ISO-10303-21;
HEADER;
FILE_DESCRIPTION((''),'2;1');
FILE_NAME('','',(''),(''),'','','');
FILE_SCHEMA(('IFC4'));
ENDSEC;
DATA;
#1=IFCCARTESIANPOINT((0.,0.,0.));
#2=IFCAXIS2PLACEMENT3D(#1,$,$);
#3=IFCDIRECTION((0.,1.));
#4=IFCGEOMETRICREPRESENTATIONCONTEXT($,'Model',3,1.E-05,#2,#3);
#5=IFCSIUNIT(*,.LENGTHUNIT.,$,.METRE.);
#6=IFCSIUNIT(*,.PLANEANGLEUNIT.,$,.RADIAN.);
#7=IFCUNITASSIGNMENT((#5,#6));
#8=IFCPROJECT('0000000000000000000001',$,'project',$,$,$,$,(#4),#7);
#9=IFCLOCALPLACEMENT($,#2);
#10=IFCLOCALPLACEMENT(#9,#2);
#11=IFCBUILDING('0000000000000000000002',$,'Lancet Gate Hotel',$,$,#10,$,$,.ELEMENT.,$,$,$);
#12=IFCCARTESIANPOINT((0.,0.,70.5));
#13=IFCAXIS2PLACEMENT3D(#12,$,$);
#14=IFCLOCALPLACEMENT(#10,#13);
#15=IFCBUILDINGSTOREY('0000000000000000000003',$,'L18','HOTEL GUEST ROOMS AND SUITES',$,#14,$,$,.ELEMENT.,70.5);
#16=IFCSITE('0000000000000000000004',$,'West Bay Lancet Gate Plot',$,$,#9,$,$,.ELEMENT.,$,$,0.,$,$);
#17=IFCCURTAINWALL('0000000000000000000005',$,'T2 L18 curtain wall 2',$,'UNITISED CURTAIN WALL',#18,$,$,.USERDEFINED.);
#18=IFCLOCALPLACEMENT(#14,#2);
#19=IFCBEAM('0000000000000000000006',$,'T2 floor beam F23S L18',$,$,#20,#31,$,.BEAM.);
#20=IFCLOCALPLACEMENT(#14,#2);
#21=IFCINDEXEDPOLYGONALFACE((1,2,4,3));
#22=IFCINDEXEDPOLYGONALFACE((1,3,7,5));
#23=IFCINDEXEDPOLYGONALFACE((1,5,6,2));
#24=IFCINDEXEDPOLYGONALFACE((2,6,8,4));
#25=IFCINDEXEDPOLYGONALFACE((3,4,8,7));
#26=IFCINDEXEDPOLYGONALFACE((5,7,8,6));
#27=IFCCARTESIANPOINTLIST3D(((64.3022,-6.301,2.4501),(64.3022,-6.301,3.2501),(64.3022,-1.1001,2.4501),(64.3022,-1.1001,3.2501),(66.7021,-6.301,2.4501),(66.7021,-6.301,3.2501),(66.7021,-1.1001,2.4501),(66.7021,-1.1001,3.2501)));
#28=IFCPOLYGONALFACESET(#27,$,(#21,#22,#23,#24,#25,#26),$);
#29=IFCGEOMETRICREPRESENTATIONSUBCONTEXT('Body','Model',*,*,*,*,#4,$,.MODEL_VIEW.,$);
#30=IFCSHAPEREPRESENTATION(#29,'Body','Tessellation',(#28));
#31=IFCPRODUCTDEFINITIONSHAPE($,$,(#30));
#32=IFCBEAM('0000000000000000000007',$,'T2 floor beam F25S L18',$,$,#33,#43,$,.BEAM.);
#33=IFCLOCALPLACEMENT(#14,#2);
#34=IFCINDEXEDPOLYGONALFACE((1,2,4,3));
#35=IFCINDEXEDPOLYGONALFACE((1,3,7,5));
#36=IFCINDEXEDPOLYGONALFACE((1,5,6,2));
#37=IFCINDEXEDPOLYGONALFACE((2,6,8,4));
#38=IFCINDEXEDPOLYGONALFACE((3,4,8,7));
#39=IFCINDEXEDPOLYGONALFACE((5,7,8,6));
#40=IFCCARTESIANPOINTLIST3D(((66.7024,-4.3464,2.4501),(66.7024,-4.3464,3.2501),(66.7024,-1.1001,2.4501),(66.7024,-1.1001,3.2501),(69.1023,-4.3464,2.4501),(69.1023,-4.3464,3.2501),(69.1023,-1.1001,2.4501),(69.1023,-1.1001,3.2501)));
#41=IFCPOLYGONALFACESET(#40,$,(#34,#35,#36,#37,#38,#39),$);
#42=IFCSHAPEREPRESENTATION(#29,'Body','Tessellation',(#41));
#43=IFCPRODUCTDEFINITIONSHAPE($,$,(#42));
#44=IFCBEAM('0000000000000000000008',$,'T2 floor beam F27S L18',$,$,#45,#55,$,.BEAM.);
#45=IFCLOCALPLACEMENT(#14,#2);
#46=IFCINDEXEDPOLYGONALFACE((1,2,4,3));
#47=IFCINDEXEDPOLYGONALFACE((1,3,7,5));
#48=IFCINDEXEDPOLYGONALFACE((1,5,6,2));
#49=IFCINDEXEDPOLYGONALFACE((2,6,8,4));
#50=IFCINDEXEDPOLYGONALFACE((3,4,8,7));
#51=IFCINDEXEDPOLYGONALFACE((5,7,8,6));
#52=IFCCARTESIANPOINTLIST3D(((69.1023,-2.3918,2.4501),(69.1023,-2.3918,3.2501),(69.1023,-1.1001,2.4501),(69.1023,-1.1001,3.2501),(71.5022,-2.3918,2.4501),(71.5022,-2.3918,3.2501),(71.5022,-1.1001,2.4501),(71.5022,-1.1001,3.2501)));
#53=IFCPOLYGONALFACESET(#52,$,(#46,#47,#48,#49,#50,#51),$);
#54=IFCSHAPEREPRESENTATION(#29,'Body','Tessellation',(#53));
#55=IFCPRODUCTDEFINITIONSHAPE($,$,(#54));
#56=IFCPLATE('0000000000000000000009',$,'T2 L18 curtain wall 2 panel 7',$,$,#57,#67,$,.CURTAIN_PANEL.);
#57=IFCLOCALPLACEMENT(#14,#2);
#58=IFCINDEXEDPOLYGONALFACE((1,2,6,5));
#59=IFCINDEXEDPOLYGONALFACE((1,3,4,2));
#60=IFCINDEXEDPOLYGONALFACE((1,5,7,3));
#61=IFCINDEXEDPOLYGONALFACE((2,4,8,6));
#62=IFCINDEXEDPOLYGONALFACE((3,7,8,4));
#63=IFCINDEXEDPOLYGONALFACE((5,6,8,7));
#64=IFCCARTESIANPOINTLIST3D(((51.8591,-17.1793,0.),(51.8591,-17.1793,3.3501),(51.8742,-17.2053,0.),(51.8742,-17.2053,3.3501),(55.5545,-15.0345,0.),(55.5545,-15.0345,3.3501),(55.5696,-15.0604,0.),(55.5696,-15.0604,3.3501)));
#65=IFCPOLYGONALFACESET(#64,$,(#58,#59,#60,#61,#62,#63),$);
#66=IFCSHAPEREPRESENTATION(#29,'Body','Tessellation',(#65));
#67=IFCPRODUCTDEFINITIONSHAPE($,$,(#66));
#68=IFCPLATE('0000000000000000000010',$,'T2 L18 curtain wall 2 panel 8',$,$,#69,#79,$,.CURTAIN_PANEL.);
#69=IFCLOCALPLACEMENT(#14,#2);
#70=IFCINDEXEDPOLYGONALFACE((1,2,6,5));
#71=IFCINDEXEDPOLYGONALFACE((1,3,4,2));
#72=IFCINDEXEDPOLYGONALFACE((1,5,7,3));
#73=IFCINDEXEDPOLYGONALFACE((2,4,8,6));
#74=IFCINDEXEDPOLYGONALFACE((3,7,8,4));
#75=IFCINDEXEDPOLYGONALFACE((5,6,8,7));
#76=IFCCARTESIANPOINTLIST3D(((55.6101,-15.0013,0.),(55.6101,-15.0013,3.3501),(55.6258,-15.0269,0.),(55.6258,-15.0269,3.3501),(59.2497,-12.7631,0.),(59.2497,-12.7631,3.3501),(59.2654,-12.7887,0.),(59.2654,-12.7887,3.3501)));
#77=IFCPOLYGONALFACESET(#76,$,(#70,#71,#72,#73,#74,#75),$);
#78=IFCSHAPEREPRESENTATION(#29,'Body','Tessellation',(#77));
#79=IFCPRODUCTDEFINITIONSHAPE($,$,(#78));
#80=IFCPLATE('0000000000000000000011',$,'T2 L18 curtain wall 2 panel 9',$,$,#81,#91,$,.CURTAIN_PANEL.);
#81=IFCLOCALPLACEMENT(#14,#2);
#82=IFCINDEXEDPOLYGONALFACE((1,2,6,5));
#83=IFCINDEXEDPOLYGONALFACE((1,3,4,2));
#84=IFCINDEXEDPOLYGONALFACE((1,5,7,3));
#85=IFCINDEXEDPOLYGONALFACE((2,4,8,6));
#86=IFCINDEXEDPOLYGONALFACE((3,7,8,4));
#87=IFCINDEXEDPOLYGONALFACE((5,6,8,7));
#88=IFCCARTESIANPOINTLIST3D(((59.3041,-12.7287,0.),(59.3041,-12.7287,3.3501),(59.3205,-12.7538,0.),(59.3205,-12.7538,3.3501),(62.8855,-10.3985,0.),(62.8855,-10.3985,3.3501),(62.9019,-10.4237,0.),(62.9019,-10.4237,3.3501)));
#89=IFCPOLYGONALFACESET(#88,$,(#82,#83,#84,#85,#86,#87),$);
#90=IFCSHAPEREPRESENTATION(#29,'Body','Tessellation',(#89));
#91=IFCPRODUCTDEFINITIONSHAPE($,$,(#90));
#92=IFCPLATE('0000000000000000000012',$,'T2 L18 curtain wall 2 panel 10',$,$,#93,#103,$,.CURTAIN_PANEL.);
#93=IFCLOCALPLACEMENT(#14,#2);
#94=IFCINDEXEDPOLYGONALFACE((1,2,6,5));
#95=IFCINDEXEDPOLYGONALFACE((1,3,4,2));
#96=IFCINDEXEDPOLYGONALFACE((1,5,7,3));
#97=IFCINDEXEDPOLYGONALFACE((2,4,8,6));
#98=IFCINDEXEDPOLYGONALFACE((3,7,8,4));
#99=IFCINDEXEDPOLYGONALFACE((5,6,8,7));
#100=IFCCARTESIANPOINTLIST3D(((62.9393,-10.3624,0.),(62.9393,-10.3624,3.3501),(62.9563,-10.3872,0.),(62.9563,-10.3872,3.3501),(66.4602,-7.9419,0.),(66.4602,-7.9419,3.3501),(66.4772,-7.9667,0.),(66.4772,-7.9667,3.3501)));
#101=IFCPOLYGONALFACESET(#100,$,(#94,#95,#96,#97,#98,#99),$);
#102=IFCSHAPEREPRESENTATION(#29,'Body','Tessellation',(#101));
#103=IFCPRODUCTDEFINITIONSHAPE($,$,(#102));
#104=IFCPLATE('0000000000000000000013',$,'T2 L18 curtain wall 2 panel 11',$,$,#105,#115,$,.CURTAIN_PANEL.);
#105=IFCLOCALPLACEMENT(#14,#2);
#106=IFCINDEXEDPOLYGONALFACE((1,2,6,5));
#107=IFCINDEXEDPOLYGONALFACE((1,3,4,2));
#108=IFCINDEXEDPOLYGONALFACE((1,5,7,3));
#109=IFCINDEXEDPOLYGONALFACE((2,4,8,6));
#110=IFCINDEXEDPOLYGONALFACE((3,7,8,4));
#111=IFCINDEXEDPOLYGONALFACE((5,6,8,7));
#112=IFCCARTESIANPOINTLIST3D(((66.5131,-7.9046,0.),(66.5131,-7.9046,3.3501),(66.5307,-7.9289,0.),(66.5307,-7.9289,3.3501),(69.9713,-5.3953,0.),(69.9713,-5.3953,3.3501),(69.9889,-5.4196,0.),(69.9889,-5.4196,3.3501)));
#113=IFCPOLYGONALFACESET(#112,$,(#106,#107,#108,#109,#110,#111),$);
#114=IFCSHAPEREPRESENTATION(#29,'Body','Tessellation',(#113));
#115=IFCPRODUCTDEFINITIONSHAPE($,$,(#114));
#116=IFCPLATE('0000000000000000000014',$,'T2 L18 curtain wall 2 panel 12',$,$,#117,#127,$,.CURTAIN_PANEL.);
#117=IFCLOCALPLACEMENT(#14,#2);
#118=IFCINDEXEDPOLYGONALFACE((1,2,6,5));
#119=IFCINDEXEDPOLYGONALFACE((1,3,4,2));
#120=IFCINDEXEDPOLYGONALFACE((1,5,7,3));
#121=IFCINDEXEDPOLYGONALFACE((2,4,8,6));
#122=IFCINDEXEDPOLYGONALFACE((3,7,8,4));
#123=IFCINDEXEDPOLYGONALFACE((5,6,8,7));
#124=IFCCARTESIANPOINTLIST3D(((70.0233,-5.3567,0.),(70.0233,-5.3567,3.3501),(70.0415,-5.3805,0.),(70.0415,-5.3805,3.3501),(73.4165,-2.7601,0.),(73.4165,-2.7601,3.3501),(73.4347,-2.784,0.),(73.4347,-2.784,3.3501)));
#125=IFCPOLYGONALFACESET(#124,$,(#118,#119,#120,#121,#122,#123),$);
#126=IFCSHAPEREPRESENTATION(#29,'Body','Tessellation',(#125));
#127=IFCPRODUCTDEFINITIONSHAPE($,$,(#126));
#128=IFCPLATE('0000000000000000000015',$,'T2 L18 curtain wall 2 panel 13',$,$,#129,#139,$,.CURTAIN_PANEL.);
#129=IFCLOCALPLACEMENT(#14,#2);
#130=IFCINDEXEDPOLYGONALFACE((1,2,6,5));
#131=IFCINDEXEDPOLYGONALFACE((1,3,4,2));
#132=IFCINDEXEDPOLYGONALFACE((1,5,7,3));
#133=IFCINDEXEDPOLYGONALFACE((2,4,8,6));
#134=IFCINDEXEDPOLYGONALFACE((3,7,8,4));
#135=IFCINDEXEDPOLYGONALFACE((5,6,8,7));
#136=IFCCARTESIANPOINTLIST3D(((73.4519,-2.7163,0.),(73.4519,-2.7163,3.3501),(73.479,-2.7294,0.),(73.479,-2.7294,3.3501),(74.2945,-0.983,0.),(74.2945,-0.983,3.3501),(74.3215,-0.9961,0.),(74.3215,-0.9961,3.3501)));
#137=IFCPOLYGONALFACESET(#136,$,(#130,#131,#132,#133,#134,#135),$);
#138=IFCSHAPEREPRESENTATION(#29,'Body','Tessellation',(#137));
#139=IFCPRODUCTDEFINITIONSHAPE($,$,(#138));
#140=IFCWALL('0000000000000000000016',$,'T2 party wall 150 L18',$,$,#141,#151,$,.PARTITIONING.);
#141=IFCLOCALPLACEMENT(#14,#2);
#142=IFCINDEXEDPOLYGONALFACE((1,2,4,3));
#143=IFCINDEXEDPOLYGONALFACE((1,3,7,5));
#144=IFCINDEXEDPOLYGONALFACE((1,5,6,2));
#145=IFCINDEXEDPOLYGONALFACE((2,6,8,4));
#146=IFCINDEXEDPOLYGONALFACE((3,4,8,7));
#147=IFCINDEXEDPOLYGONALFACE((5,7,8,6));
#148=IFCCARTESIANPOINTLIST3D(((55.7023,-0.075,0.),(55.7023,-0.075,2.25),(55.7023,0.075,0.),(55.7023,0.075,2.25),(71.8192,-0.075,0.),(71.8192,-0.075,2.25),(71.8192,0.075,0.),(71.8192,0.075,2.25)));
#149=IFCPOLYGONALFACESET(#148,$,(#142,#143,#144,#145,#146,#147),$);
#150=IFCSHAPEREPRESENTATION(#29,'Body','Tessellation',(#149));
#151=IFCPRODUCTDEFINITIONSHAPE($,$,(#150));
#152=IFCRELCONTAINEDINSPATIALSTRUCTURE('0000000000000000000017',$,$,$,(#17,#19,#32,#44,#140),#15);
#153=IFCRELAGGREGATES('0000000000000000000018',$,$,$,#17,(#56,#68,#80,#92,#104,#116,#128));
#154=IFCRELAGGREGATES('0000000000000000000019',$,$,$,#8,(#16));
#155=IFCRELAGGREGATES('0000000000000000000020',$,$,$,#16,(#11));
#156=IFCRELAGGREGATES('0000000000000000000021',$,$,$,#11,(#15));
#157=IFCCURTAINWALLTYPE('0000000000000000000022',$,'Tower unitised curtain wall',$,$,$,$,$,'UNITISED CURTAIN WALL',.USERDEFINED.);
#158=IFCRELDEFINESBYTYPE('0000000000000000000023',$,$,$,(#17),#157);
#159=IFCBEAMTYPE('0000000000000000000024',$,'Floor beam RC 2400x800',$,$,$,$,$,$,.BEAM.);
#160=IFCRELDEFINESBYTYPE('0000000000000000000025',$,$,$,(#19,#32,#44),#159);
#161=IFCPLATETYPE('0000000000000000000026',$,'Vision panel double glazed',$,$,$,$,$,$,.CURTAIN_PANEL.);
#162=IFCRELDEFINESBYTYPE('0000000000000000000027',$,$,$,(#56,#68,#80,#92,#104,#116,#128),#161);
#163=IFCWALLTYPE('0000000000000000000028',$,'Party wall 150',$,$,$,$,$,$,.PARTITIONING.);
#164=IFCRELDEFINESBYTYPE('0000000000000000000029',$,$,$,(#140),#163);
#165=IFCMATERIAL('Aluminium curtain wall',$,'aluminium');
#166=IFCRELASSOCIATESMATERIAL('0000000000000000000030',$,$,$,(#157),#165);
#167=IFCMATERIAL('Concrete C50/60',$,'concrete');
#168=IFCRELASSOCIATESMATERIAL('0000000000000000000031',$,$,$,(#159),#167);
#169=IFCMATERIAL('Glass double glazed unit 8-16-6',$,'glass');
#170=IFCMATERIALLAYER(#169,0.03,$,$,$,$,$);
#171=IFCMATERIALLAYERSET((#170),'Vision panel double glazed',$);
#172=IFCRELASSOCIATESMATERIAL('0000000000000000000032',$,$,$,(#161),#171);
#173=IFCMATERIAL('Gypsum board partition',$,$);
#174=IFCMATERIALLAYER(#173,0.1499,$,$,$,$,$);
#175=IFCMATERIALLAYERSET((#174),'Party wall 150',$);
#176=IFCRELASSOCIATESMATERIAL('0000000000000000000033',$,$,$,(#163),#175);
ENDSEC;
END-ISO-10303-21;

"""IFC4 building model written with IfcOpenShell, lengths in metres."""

from ifc_helpers import new_model, si_unit, direction, frame, frame_2d, origin, origin_2d, place, context, subcontext, project, spatial, rectangle, extrude, material, layer, layer_set, material_profile, profile_set, type_object, element, aggregate, save


model = new_model("IFC4")

# Units and contexts
model_context = context("Model", 3, precision=1e-05, world=origin(), true_north=direction((0.0, 1.0)))
body_context = subcontext(model_context, "Body", "Model", "MODEL_VIEW")
ifc_project = project(units=[si_unit("LENGTHUNIT", "METRE"), si_unit("PLANEANGLEUNIT", "RADIAN")], contexts=[model_context])

# Site, building, storey
site_placement = place(None, origin())
site = spatial("IfcSite", under=ifc_project, at=site_placement, Name="West Bay Lancet Gate Plot", CompositionType="ELEMENT", RefElevation=0.0)
building_placement = place(site_placement, origin())
building = spatial("IfcBuilding", under=site, at=building_placement, Name="Lancet Gate Hotel", CompositionType="ELEMENT")
storey_placement = place(building_placement, frame((0.0, 0.0, 70.5)))
storey = spatial("IfcBuildingStorey", under=building, at=storey_placement, Name="L18", Description="HOTEL GUEST ROOMS AND SUITES", CompositionType="ELEMENT", Elevation=70.5)

# Curtain wall
ifc_material_1 = material(Name="Aluminium curtain wall", Category="aluminium")
curtain_wall_type = type_object("IfcCurtainWallType", Name="Tower unitised curtain wall", ElementType="UNITISED CURTAIN WALL", PredefinedType="USERDEFINED", material=ifc_material_1)
curtain_wall_placement = place(storey_placement, origin())
curtain_wall = element("IfcCurtainWall", 1, at=curtain_wall_placement, inside=storey, type_object=curtain_wall_type, Name="T2 L18 curtain wall 2", ObjectType="UNITISED CURTAIN WALL", PredefinedType="USERDEFINED")

# Beams
ifc_material_2 = material(Name="Concrete C50/60", Category="concrete")
ifc_material_profile_1 = material_profile(ifc_material_2, rectangle(XDim=2.3999, YDim=0.8, at=origin_2d()), Name="RC 2400x800")
ifc_profile_set_1 = profile_set([ifc_material_profile_1], Name="Concrete C50/60")
beam_type_1 = type_object("IfcBeamType", Name="Floor beam RC 2400x800", PredefinedType="BEAM", material=ifc_profile_set_1)
beam_1_placement = place(storey_placement, frame((65.5022, -6.301, 2.8501), z_axis=(0.0, 1.0, 0.0), x_axis=(-1.0, 0.0, 0.0)))
element("IfcBeam", 2, at=beam_1_placement, inside=storey, type_object=beam_type_1, Name="T2 floor beam F23S L18", PredefinedType="BEAM", context=body_context, shape_type="SweptSolid", body=[
    extrude(rectangle(XDim=2.3999, YDim=0.8, at=origin_2d()), origin(), (0.0, 0.0, 1.0), 5.2009),
])
beam_2_placement = place(storey_placement, frame((67.9023, -4.3464, 2.8501), z_axis=(0.0, 1.0, 0.0), x_axis=(-1.0, 0.0, 0.0)))
element("IfcBeam", 3, at=beam_2_placement, inside=storey, type_object=beam_type_1, Name="T2 floor beam F25S L18", PredefinedType="BEAM", context=body_context, shape_type="SweptSolid", body=[
    extrude(rectangle(XDim=2.3999, YDim=0.8, at=origin_2d()), origin(), (0.0, 0.0, 1.0), 3.2463),
])
beam_3_placement = place(storey_placement, frame((70.3022, -2.3918, 2.8501), z_axis=(0.0, 1.0, 0.0), x_axis=(-1.0, 0.0, 0.0)))
element("IfcBeam", 4, at=beam_3_placement, inside=storey, type_object=beam_type_1, Name="T2 floor beam F27S L18", PredefinedType="BEAM", context=body_context, shape_type="SweptSolid", body=[
    extrude(rectangle(XDim=2.3999, YDim=0.8, at=origin_2d()), origin(), (0.0, 0.0, 1.0), 1.2917),
])

# Plates
ifc_material_3 = material(Name="Glass double glazed unit 8-16-6", Category="glass")
ifc_layer_1 = layer(ifc_material_3, 0.03)
ifc_layer_set_1 = layer_set([ifc_layer_1], Name="Vision panel double glazed")
plate_type = type_object("IfcPlateType", Name="Vision panel double glazed", PredefinedType="CURTAIN_PANEL", material=ifc_layer_set_1)
plate_1_placement = place(storey_placement, frame((53.7144, -16.1199, 0.0), z_axis=(0.0, 0.0, 1.0), x_axis=(0.864872, 0.501993, 0.0)))
plate_1 = element("IfcPlate", 5, at=plate_1_placement, type_object=plate_type, Name="T2 L18 curtain wall 2 panel 7", PredefinedType="CURTAIN_PANEL", context=body_context, shape_type="SweptSolid", body=[
    extrude(rectangle(XDim=4.2727, YDim=0.03, at=origin_2d()), origin(), (0.0, 0.0, 1.0), 3.3501),
])
plate_2_placement = place(storey_placement, frame((57.4377, -13.895, 0.0), z_axis=(0.0, 0.0, 1.0), x_axis=(0.851815, 0.523842, 0.0)))
plate_2 = element("IfcPlate", 6, at=plate_2_placement, type_object=plate_type, Name="T2 L18 curtain wall 2 panel 8", PredefinedType="CURTAIN_PANEL", context=body_context, shape_type="SweptSolid", body=[
    extrude(rectangle(XDim=4.2727, YDim=0.03, at=origin_2d()), origin(), (0.0, 0.0, 1.0), 3.3501),
])
plate_3_placement = place(storey_placement, frame((61.103, -11.5762, 0.0), z_axis=(0.0, 0.0, 1.0), x_axis=(0.838207, 0.545353, 0.0)))
plate_3 = element("IfcPlate", 7, at=plate_3_placement, type_object=plate_type, Name="T2 L18 curtain wall 2 panel 9", PredefinedType="CURTAIN_PANEL", context=body_context, shape_type="SweptSolid", body=[
    extrude(rectangle(XDim=4.2727, YDim=0.03, at=origin_2d()), origin(), (0.0, 0.0, 1.0), 3.3501),
])
plate_4_placement = place(storey_placement, frame((64.7083, -9.1646, 0.0), z_axis=(0.0, 0.0, 1.0), x_axis=(0.824055, 0.566509, 0.0)))
plate_4 = element("IfcPlate", 8, at=plate_4_placement, type_object=plate_type, Name="T2 L18 curtain wall 2 panel 10", PredefinedType="CURTAIN_PANEL", context=body_context, shape_type="SweptSolid", body=[
    extrude(rectangle(XDim=4.2727, YDim=0.03, at=origin_2d()), origin(), (0.0, 0.0, 1.0), 3.3501),
])
plate_5_placement = place(storey_placement, frame((68.251, -6.6621, 0.0), z_axis=(0.0, 0.0, 1.0), x_axis=(0.80937, 0.587299, 0.0)))
plate_5 = element("IfcPlate", 9, at=plate_5_placement, type_object=plate_type, Name="T2 L18 curtain wall 2 panel 11", PredefinedType="CURTAIN_PANEL", context=body_context, shape_type="SweptSolid", body=[
    extrude(rectangle(XDim=4.2727, YDim=0.03, at=origin_2d()), origin(), (0.0, 0.0, 1.0), 3.3501),
])
plate_6_placement = place(storey_placement, frame((71.729, -4.0703, 0.0), z_axis=(0.0, 0.0, 1.0), x_axis=(0.79416, 0.607709, 0.0)))
plate_6 = element("IfcPlate", 10, at=plate_6_placement, type_object=plate_type, Name="T2 L18 curtain wall 2 panel 12", PredefinedType="CURTAIN_PANEL", context=body_context, shape_type="SweptSolid", body=[
    extrude(rectangle(XDim=4.2727, YDim=0.03, at=origin_2d()), origin(), (0.0, 0.0, 1.0), 3.3501),
])
plate_7_placement = place(storey_placement, frame((73.8867, -1.8562, 0.0), z_axis=(0.0, 0.0, 1.0), x_axis=(0.437169, 0.899379, 0.0)))
plate_7 = element("IfcPlate", 11, at=plate_7_placement, type_object=plate_type, Name="T2 L18 curtain wall 2 panel 13", PredefinedType="CURTAIN_PANEL", context=body_context, shape_type="SweptSolid", body=[
    extrude(rectangle(XDim=1.9272, YDim=0.03, at=origin_2d()), origin(), (0.0, 0.0, 1.0), 3.3501),
])
aggregate(curtain_wall, [plate_1, plate_2, plate_3, plate_4, plate_5, plate_6, plate_7])

# Wall
ifc_material_4 = material(Name="Gypsum board partition")
ifc_layer_2 = layer(ifc_material_4, 0.1499)
ifc_layer_set_2 = layer_set([ifc_layer_2], Name="Party wall 150")
wall_type = type_object("IfcWallType", Name="Party wall 150", PredefinedType="PARTITIONING", material=ifc_layer_set_2)
wall_placement = place(storey_placement, frame((55.7021, 0.0, 0.0), z_axis=(0.0, 0.0, 1.0), x_axis=(1.0, 0.0, 0.0)))
element("IfcWall", 12, at=wall_placement, inside=storey, type_object=wall_type, Name="T2 party wall 150 L18", PredefinedType="PARTITIONING", context=body_context, shape_type="SweptSolid", body=[
    extrude(rectangle(XDim=16.1169, YDim=0.1499, at=frame_2d((8.0586, 0.0))), origin(), (0.0, 0.0, 1.0), 2.25),
])

save(model, "model.ifc")
